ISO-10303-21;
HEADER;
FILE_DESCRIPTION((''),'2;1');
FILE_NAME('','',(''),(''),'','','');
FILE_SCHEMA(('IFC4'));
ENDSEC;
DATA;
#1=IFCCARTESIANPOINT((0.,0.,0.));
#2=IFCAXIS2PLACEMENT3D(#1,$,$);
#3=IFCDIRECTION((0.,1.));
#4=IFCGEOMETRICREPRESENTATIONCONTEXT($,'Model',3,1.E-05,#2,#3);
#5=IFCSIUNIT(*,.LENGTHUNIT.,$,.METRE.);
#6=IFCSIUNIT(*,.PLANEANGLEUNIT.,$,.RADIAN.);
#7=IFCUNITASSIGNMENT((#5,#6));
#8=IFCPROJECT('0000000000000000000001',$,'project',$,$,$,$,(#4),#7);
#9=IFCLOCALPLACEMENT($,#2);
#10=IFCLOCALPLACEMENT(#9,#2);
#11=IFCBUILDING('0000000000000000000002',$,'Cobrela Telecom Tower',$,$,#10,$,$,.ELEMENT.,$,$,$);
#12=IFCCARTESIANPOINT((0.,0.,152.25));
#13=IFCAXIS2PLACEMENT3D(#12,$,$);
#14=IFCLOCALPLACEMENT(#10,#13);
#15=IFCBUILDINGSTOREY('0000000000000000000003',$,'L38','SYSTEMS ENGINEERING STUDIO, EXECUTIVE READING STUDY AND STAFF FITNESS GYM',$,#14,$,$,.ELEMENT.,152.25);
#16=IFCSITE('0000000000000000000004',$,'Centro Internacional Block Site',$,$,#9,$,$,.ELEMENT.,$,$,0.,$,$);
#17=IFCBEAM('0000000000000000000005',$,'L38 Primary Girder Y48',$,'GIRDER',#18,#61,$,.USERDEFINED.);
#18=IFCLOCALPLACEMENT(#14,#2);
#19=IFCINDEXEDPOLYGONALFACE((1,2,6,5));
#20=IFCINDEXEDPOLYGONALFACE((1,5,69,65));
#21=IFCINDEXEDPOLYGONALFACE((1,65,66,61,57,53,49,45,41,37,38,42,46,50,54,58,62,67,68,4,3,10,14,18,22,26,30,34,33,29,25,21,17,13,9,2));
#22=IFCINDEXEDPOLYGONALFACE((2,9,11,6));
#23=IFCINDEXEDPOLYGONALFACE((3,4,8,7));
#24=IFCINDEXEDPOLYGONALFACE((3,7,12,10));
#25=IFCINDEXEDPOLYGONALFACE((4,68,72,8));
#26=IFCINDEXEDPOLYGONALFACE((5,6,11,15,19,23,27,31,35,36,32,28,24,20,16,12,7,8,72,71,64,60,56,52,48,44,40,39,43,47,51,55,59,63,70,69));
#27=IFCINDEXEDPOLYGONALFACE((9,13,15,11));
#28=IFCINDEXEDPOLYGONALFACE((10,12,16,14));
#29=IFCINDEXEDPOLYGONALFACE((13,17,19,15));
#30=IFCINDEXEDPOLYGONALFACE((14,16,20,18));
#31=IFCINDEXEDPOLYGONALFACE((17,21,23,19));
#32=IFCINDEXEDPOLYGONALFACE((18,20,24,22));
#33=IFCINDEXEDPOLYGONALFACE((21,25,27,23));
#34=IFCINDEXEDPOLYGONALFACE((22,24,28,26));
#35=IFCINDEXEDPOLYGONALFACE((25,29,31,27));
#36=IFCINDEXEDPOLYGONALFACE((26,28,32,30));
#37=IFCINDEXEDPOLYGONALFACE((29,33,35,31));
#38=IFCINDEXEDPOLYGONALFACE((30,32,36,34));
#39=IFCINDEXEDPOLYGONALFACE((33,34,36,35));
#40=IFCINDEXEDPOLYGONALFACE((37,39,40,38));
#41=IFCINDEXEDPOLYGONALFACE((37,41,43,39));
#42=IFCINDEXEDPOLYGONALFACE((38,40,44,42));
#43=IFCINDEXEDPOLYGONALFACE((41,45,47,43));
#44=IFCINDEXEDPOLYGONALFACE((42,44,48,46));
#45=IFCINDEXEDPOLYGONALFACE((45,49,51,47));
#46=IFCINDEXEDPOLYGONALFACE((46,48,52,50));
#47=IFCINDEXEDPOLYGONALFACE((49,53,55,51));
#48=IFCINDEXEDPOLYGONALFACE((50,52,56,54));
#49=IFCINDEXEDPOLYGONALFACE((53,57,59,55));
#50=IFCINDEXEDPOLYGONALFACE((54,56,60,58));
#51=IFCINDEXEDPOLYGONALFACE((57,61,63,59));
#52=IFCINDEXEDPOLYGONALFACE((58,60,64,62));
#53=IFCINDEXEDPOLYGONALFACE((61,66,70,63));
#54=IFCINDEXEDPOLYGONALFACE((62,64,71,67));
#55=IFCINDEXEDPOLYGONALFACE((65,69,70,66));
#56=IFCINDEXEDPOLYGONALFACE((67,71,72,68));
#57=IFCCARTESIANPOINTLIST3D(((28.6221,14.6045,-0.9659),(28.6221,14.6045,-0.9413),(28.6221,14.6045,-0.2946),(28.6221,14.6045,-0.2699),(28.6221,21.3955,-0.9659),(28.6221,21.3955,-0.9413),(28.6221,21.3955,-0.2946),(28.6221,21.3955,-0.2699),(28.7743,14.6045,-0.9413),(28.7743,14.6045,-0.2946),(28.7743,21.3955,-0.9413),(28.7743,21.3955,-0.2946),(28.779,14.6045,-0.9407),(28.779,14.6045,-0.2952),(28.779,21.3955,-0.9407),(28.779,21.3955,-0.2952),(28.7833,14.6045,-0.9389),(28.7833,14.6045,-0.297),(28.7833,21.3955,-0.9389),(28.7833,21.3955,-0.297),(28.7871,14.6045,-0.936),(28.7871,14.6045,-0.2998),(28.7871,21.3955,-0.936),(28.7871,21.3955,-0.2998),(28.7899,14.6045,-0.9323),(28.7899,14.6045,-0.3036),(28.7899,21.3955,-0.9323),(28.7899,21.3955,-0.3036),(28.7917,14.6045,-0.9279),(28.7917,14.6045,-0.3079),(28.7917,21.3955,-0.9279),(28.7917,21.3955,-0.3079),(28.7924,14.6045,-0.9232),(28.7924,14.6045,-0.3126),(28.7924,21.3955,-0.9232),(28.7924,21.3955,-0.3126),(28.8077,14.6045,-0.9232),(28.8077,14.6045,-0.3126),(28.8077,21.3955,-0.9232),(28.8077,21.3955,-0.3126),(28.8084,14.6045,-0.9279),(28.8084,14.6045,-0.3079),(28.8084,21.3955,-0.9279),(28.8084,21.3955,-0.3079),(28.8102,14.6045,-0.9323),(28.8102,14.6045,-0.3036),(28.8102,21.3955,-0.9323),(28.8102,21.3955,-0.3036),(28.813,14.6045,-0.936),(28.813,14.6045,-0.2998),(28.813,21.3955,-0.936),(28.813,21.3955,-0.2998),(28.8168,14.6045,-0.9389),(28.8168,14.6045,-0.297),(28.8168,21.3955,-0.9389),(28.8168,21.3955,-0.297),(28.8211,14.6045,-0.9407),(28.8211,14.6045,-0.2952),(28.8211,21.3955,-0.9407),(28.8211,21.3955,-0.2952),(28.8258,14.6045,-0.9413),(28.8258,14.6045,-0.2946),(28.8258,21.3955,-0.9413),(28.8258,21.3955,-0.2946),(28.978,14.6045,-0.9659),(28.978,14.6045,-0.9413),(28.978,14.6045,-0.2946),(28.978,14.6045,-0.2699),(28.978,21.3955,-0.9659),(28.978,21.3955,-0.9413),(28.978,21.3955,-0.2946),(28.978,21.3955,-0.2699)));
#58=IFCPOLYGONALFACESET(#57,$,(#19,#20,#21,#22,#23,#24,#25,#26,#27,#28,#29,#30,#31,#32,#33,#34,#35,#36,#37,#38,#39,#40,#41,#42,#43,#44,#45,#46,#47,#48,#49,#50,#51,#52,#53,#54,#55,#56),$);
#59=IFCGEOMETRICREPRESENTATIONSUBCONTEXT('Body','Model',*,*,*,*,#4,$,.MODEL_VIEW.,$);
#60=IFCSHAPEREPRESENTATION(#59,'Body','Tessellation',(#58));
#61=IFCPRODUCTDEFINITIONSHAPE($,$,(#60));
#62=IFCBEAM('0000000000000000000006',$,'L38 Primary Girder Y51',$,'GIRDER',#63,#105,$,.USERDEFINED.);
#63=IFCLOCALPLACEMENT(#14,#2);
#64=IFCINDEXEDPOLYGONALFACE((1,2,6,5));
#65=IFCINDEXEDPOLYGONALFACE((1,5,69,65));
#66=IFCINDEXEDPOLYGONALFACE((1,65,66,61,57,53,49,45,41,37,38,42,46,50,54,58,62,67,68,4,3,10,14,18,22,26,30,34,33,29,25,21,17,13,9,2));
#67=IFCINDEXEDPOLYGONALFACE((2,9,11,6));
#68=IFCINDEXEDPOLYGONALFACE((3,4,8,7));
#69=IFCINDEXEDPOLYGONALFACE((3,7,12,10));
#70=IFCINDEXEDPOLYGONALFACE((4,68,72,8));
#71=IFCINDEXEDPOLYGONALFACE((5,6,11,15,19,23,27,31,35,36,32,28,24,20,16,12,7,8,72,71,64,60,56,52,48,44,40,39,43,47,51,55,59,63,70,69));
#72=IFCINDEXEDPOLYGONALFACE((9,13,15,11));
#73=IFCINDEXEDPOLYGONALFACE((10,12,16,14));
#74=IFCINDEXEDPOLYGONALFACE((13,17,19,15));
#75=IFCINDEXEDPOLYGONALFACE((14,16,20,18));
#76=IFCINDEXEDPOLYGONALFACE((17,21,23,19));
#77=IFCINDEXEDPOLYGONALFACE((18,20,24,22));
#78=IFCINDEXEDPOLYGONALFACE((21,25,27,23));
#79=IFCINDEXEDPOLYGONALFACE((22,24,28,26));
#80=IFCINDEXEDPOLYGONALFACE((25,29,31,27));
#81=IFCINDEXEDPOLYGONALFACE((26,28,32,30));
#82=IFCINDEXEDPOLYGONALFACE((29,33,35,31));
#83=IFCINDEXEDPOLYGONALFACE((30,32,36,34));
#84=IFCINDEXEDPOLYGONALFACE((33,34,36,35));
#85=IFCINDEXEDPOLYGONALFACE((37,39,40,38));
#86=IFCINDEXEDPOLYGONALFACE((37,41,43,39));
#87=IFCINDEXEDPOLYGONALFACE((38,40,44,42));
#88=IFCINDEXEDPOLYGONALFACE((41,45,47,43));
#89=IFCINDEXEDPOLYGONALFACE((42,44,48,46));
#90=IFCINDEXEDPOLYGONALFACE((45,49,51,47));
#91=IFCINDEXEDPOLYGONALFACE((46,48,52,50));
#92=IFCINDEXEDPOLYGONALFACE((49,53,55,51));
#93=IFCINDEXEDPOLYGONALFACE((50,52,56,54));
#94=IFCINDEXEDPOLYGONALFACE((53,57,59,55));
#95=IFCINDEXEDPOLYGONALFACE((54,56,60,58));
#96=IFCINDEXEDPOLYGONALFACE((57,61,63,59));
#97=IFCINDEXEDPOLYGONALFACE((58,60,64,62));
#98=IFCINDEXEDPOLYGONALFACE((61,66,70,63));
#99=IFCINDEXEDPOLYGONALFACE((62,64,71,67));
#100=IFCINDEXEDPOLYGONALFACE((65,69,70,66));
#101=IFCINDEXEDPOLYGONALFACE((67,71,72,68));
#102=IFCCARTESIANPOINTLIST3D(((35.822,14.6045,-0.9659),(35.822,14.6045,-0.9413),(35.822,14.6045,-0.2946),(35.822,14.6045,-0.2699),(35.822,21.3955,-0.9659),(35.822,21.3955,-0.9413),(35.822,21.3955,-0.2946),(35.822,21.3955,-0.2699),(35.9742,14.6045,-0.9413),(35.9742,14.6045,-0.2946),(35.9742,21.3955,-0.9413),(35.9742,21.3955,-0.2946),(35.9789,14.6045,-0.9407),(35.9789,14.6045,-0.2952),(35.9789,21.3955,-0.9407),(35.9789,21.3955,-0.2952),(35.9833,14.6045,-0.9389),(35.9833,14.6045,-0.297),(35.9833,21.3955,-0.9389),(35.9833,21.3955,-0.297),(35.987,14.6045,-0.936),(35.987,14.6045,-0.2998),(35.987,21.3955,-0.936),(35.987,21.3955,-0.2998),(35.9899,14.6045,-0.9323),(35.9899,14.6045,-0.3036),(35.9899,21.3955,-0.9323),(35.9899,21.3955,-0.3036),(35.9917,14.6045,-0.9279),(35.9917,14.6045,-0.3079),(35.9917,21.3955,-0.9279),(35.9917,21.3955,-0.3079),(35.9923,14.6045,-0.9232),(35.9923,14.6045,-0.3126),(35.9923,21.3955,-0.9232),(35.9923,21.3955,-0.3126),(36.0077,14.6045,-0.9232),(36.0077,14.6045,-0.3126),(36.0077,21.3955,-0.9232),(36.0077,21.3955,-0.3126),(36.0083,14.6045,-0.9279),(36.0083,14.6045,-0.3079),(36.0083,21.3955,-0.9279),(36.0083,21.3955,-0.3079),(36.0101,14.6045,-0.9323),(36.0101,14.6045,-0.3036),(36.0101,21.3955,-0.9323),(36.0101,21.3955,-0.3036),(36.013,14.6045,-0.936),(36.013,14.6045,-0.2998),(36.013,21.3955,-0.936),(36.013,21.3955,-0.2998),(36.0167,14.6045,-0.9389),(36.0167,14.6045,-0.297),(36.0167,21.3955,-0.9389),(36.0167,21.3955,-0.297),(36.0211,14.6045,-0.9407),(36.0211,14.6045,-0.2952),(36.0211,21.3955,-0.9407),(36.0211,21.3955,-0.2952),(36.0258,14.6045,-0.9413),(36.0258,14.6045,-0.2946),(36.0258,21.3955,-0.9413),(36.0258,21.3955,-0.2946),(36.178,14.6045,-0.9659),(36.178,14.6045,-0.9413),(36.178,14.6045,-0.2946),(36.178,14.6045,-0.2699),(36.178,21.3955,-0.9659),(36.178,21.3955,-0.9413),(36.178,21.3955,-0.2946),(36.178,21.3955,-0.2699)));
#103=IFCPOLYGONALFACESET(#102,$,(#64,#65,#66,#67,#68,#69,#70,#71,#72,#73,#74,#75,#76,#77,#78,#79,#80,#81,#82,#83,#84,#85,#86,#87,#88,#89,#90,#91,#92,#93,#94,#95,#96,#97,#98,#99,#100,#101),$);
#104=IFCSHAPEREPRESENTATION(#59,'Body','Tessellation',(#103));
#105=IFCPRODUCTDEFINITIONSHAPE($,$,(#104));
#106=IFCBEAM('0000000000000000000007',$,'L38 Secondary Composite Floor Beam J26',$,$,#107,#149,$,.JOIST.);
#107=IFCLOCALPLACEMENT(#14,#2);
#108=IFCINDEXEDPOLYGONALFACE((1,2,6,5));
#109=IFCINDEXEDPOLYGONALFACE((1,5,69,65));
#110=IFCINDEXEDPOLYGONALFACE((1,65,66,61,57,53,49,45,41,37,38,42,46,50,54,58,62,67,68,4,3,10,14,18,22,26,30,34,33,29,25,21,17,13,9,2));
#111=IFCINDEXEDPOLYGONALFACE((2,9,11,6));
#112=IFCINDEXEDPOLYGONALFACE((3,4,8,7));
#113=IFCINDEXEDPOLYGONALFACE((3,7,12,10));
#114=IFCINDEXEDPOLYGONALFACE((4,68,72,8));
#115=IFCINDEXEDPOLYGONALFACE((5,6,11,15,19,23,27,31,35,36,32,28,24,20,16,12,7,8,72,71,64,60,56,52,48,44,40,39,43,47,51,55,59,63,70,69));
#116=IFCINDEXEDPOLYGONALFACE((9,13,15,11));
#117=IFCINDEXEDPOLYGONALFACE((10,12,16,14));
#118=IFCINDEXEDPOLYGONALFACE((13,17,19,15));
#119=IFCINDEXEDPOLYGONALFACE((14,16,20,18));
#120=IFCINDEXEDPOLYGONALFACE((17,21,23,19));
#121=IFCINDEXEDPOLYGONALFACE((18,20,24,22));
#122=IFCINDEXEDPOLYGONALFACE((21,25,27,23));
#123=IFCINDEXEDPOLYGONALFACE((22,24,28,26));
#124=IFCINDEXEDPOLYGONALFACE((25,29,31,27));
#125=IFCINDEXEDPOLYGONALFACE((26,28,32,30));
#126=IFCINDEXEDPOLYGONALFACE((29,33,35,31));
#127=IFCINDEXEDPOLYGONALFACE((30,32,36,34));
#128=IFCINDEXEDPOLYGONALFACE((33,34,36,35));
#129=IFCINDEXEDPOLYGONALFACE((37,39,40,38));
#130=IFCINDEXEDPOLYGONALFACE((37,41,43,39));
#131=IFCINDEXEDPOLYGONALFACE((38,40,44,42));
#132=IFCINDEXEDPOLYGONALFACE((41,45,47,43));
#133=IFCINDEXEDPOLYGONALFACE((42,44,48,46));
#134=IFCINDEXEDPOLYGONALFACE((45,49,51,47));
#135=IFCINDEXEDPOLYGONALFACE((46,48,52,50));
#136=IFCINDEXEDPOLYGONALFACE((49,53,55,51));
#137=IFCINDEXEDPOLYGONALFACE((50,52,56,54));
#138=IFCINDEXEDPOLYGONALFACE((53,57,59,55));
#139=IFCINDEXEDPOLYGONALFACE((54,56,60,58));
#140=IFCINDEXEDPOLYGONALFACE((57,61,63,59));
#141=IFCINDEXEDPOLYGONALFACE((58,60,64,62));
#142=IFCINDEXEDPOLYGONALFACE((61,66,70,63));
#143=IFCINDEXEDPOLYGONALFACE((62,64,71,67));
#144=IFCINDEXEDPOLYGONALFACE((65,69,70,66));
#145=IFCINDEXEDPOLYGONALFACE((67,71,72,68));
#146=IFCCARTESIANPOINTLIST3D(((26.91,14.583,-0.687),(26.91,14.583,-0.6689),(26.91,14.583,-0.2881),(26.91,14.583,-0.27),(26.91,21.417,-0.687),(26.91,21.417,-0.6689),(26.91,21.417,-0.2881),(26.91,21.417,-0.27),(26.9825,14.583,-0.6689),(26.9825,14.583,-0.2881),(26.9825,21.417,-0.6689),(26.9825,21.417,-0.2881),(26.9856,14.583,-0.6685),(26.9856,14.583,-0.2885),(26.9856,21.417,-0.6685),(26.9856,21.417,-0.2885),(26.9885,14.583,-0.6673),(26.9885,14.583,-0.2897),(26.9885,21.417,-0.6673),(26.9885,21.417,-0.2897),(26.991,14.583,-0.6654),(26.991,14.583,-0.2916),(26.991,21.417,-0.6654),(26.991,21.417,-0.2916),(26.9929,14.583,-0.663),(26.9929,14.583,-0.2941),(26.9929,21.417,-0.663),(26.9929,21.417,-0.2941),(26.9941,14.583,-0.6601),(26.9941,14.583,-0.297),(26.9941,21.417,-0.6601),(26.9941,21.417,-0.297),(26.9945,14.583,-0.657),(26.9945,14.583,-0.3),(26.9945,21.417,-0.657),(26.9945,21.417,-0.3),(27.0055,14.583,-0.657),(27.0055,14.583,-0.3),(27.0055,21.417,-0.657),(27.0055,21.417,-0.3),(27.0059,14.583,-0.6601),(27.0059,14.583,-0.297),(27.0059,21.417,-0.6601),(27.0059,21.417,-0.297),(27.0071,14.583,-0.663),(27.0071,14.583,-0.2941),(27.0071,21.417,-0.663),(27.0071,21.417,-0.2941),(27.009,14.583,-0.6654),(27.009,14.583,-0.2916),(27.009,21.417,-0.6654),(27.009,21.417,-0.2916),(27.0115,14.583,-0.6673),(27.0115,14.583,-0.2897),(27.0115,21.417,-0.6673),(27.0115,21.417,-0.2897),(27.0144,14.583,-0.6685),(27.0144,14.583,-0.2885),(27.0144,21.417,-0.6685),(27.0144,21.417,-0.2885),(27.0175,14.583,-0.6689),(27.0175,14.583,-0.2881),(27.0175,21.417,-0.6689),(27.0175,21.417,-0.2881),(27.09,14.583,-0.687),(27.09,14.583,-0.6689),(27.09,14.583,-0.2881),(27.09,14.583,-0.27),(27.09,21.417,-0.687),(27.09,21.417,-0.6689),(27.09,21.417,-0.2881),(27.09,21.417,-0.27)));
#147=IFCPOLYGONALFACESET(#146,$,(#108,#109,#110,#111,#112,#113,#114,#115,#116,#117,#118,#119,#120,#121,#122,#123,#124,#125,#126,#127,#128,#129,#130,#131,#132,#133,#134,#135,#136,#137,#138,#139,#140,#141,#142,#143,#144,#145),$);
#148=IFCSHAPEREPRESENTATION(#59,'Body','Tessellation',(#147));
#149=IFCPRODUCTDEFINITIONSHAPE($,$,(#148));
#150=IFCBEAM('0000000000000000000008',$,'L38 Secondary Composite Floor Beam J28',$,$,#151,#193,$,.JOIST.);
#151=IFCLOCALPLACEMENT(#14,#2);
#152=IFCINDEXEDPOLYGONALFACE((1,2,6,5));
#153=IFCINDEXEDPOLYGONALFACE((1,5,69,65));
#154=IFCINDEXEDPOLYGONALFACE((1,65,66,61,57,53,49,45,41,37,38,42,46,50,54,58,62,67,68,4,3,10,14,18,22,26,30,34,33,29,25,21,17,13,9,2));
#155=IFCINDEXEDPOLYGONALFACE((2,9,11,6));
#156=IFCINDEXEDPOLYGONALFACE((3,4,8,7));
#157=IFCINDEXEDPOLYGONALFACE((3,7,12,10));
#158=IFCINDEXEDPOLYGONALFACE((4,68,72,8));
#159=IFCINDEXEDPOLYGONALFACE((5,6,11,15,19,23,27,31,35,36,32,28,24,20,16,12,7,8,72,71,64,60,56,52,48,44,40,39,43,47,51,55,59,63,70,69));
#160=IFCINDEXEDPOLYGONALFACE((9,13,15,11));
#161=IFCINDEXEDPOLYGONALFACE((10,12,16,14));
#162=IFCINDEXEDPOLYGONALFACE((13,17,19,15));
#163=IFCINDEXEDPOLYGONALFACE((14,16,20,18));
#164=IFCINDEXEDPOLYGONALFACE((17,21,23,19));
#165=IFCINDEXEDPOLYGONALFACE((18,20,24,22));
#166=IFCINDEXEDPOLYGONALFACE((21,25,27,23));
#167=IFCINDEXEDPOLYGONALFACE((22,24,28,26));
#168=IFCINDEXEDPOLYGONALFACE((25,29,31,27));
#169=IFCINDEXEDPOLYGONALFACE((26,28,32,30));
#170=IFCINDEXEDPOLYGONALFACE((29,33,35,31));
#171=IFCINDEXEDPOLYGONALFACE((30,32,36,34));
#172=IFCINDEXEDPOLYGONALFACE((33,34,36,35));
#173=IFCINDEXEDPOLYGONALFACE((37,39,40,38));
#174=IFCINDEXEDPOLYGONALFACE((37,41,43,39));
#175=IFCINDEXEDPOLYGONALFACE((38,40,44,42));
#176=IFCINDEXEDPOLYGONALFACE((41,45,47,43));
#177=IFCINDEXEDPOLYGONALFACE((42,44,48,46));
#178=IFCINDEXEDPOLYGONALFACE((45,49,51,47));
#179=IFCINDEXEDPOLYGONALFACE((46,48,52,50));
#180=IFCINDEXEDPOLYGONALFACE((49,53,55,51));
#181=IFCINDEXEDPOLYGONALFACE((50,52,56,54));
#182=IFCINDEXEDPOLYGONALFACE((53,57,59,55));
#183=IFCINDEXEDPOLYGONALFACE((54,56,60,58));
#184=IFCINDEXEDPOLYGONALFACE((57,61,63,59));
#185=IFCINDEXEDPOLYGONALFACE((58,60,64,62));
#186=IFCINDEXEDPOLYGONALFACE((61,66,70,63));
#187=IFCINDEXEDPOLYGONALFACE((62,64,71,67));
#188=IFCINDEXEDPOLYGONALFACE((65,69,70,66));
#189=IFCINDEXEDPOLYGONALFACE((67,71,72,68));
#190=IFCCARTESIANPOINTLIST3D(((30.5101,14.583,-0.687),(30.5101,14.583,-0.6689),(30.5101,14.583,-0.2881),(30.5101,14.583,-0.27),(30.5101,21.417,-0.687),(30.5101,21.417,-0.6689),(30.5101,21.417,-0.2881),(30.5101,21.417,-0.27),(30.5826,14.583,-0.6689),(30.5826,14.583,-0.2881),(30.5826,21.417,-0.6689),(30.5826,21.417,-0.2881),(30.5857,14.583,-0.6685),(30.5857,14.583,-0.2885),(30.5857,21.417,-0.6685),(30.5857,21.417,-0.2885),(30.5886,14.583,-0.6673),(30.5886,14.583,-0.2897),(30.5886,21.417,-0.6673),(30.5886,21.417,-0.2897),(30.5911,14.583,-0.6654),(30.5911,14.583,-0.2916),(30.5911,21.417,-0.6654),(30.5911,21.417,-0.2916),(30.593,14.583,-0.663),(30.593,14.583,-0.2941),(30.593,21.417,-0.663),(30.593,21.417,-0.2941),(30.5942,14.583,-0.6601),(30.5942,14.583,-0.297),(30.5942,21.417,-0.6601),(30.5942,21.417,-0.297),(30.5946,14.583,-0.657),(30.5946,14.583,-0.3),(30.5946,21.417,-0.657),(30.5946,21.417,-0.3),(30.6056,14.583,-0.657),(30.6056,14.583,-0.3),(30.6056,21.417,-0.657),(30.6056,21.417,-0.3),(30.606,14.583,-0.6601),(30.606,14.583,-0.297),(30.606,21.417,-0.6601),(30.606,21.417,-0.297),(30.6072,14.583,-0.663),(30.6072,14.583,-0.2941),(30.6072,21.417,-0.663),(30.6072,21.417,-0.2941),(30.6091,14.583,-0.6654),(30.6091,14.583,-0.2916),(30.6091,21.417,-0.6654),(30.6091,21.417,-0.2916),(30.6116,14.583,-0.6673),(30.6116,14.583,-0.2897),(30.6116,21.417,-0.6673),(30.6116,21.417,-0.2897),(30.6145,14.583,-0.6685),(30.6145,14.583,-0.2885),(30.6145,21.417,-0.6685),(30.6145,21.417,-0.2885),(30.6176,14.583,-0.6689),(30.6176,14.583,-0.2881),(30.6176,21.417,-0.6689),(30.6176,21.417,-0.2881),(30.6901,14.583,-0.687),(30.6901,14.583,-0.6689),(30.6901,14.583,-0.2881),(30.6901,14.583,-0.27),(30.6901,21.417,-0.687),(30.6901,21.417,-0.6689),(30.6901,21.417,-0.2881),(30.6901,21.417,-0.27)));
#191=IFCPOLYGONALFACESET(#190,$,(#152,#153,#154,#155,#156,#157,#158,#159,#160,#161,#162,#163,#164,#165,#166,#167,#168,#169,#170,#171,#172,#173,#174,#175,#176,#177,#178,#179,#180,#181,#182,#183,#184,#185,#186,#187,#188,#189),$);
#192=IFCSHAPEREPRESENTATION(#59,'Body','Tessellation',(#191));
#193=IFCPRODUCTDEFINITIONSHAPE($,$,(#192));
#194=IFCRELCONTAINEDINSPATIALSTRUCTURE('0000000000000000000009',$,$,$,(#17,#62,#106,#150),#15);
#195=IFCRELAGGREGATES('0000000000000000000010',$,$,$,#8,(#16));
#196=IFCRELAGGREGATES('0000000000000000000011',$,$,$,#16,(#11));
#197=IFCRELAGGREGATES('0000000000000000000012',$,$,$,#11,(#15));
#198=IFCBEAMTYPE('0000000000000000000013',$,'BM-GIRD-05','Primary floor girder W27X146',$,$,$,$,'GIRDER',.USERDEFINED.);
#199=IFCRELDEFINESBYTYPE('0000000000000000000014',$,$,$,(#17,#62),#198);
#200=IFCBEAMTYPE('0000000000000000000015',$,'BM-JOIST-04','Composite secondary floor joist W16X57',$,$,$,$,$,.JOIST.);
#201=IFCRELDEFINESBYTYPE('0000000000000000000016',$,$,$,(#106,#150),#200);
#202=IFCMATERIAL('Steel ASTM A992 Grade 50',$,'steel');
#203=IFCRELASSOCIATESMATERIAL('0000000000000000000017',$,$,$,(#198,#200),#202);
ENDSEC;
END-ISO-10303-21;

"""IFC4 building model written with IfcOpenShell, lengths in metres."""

from ifc_helpers import new_model, si_unit, direction, frame, origin, origin_2d, place, context, subcontext, project, spatial, i_section, extrude, material, material_profile, profile_set, type_object, element, save


model = new_model("IFC4")

# Units and contexts
model_context = context("Model", 3, precision=1e-05, world=origin(), true_north=direction((0.0, 1.0)))
body_context = subcontext(model_context, "Body", "Model", "MODEL_VIEW")
ifc_project = project(units=[si_unit("LENGTHUNIT", "METRE"), si_unit("PLANEANGLEUNIT", "RADIAN")], contexts=[model_context])

# Site, building, storey
site_placement = place(None, origin())
site = spatial("IfcSite", under=ifc_project, at=site_placement, Name="Centro Internacional Block Site", CompositionType="ELEMENT", RefElevation=0.0)
building_placement = place(site_placement, origin())
building = spatial("IfcBuilding", under=site, at=building_placement, Name="Cobrela Telecom Tower", CompositionType="ELEMENT")
storey_placement = place(building_placement, frame((0.0, 0.0, 152.25)))
storey = spatial("IfcBuildingStorey", under=building, at=storey_placement, Name="L38", Description="SYSTEMS ENGINEERING STUDIO, EXECUTIVE READING STUDY AND STAFF FITNESS GYM", CompositionType="ELEMENT", Elevation=152.25)

# Shared definitions
ifc_material_1 = material(Name="Steel ASTM A992 Grade 50", Category="steel")

# Beams
ifc_material_profile_1 = material_profile(ifc_material_1, i_section(OverallWidth=0.356, OverallDepth=0.696, WebThickness=0.0154, FlangeThickness=0.0247, FilletRadius=0.0181, at=origin_2d()), Name="W27X146")
ifc_profile_set_1 = profile_set([ifc_material_profile_1], Name="Steel ASTM A992 Grade 50")
beam_type_1 = type_object("IfcBeamType", Name="BM-GIRD-05", Description="Primary floor girder W27X146", ElementType="GIRDER", PredefinedType="USERDEFINED", material=ifc_profile_set_1)
for number, where, z_axis, x_axis, name in (
    (1, (28.8, 14.6045, -0.6179), (0.0, 1.0, 0.0), (-1.0, 0.0, 0.0), "L38 Primary Girder Y48"),
    (2, (36.0, 14.6045, -0.6179), (0.0, 1.0, 0.0), (-1.0, 0.0, 0.0), "L38 Primary Girder Y51"),
):
    element("IfcBeam", number, at=place(storey_placement, frame(where, z_axis=z_axis, x_axis=x_axis)), inside=storey, type_object=beam_type_1, Name=name, ObjectType="GIRDER", PredefinedType="USERDEFINED", context=body_context, shape_type="SweptSolid", body=[
        extrude(i_section(OverallWidth=0.356, OverallDepth=0.696, WebThickness=0.0154, FlangeThickness=0.0247, FilletRadius=0.0181, at=origin_2d()), origin(), (0.0, 0.0, 1.0), 6.791),
    ])
ifc_material_profile_2 = material_profile(ifc_material_1, i_section(OverallWidth=0.1799, OverallDepth=0.417, WebThickness=0.011, FlangeThickness=0.0181, FilletRadius=0.012, at=origin_2d()), Name="W16X57")
ifc_profile_set_2 = profile_set([ifc_material_profile_2], Name="Steel ASTM A992 Grade 50")
beam_type_2 = type_object("IfcBeamType", Name="BM-JOIST-04", Description="Composite secondary floor joist W16X57", PredefinedType="JOIST", material=ifc_profile_set_2)
for number, where, z_axis, x_axis, name in (
    (3, (27.0, 14.583, -0.4785), (0.0, 1.0, 0.0), (-1.0, 0.0, 0.0), "L38 Secondary Composite Floor Beam J26"),
    (4, (30.6001, 14.583, -0.4785), (0.0, 1.0, 0.0), (-1.0, 0.0, 0.0), "L38 Secondary Composite Floor Beam J28"),
):
    element("IfcBeam", number, at=place(storey_placement, frame(where, z_axis=z_axis, x_axis=x_axis)), inside=storey, type_object=beam_type_2, Name=name, PredefinedType="JOIST", context=body_context, shape_type="SweptSolid", body=[
        extrude(i_section(OverallWidth=0.1799, OverallDepth=0.417, WebThickness=0.011, FlangeThickness=0.0181, FilletRadius=0.012, at=origin_2d()), origin(), (0.0, 0.0, 1.0), 6.834),
    ])

save(model, "model.ifc")
